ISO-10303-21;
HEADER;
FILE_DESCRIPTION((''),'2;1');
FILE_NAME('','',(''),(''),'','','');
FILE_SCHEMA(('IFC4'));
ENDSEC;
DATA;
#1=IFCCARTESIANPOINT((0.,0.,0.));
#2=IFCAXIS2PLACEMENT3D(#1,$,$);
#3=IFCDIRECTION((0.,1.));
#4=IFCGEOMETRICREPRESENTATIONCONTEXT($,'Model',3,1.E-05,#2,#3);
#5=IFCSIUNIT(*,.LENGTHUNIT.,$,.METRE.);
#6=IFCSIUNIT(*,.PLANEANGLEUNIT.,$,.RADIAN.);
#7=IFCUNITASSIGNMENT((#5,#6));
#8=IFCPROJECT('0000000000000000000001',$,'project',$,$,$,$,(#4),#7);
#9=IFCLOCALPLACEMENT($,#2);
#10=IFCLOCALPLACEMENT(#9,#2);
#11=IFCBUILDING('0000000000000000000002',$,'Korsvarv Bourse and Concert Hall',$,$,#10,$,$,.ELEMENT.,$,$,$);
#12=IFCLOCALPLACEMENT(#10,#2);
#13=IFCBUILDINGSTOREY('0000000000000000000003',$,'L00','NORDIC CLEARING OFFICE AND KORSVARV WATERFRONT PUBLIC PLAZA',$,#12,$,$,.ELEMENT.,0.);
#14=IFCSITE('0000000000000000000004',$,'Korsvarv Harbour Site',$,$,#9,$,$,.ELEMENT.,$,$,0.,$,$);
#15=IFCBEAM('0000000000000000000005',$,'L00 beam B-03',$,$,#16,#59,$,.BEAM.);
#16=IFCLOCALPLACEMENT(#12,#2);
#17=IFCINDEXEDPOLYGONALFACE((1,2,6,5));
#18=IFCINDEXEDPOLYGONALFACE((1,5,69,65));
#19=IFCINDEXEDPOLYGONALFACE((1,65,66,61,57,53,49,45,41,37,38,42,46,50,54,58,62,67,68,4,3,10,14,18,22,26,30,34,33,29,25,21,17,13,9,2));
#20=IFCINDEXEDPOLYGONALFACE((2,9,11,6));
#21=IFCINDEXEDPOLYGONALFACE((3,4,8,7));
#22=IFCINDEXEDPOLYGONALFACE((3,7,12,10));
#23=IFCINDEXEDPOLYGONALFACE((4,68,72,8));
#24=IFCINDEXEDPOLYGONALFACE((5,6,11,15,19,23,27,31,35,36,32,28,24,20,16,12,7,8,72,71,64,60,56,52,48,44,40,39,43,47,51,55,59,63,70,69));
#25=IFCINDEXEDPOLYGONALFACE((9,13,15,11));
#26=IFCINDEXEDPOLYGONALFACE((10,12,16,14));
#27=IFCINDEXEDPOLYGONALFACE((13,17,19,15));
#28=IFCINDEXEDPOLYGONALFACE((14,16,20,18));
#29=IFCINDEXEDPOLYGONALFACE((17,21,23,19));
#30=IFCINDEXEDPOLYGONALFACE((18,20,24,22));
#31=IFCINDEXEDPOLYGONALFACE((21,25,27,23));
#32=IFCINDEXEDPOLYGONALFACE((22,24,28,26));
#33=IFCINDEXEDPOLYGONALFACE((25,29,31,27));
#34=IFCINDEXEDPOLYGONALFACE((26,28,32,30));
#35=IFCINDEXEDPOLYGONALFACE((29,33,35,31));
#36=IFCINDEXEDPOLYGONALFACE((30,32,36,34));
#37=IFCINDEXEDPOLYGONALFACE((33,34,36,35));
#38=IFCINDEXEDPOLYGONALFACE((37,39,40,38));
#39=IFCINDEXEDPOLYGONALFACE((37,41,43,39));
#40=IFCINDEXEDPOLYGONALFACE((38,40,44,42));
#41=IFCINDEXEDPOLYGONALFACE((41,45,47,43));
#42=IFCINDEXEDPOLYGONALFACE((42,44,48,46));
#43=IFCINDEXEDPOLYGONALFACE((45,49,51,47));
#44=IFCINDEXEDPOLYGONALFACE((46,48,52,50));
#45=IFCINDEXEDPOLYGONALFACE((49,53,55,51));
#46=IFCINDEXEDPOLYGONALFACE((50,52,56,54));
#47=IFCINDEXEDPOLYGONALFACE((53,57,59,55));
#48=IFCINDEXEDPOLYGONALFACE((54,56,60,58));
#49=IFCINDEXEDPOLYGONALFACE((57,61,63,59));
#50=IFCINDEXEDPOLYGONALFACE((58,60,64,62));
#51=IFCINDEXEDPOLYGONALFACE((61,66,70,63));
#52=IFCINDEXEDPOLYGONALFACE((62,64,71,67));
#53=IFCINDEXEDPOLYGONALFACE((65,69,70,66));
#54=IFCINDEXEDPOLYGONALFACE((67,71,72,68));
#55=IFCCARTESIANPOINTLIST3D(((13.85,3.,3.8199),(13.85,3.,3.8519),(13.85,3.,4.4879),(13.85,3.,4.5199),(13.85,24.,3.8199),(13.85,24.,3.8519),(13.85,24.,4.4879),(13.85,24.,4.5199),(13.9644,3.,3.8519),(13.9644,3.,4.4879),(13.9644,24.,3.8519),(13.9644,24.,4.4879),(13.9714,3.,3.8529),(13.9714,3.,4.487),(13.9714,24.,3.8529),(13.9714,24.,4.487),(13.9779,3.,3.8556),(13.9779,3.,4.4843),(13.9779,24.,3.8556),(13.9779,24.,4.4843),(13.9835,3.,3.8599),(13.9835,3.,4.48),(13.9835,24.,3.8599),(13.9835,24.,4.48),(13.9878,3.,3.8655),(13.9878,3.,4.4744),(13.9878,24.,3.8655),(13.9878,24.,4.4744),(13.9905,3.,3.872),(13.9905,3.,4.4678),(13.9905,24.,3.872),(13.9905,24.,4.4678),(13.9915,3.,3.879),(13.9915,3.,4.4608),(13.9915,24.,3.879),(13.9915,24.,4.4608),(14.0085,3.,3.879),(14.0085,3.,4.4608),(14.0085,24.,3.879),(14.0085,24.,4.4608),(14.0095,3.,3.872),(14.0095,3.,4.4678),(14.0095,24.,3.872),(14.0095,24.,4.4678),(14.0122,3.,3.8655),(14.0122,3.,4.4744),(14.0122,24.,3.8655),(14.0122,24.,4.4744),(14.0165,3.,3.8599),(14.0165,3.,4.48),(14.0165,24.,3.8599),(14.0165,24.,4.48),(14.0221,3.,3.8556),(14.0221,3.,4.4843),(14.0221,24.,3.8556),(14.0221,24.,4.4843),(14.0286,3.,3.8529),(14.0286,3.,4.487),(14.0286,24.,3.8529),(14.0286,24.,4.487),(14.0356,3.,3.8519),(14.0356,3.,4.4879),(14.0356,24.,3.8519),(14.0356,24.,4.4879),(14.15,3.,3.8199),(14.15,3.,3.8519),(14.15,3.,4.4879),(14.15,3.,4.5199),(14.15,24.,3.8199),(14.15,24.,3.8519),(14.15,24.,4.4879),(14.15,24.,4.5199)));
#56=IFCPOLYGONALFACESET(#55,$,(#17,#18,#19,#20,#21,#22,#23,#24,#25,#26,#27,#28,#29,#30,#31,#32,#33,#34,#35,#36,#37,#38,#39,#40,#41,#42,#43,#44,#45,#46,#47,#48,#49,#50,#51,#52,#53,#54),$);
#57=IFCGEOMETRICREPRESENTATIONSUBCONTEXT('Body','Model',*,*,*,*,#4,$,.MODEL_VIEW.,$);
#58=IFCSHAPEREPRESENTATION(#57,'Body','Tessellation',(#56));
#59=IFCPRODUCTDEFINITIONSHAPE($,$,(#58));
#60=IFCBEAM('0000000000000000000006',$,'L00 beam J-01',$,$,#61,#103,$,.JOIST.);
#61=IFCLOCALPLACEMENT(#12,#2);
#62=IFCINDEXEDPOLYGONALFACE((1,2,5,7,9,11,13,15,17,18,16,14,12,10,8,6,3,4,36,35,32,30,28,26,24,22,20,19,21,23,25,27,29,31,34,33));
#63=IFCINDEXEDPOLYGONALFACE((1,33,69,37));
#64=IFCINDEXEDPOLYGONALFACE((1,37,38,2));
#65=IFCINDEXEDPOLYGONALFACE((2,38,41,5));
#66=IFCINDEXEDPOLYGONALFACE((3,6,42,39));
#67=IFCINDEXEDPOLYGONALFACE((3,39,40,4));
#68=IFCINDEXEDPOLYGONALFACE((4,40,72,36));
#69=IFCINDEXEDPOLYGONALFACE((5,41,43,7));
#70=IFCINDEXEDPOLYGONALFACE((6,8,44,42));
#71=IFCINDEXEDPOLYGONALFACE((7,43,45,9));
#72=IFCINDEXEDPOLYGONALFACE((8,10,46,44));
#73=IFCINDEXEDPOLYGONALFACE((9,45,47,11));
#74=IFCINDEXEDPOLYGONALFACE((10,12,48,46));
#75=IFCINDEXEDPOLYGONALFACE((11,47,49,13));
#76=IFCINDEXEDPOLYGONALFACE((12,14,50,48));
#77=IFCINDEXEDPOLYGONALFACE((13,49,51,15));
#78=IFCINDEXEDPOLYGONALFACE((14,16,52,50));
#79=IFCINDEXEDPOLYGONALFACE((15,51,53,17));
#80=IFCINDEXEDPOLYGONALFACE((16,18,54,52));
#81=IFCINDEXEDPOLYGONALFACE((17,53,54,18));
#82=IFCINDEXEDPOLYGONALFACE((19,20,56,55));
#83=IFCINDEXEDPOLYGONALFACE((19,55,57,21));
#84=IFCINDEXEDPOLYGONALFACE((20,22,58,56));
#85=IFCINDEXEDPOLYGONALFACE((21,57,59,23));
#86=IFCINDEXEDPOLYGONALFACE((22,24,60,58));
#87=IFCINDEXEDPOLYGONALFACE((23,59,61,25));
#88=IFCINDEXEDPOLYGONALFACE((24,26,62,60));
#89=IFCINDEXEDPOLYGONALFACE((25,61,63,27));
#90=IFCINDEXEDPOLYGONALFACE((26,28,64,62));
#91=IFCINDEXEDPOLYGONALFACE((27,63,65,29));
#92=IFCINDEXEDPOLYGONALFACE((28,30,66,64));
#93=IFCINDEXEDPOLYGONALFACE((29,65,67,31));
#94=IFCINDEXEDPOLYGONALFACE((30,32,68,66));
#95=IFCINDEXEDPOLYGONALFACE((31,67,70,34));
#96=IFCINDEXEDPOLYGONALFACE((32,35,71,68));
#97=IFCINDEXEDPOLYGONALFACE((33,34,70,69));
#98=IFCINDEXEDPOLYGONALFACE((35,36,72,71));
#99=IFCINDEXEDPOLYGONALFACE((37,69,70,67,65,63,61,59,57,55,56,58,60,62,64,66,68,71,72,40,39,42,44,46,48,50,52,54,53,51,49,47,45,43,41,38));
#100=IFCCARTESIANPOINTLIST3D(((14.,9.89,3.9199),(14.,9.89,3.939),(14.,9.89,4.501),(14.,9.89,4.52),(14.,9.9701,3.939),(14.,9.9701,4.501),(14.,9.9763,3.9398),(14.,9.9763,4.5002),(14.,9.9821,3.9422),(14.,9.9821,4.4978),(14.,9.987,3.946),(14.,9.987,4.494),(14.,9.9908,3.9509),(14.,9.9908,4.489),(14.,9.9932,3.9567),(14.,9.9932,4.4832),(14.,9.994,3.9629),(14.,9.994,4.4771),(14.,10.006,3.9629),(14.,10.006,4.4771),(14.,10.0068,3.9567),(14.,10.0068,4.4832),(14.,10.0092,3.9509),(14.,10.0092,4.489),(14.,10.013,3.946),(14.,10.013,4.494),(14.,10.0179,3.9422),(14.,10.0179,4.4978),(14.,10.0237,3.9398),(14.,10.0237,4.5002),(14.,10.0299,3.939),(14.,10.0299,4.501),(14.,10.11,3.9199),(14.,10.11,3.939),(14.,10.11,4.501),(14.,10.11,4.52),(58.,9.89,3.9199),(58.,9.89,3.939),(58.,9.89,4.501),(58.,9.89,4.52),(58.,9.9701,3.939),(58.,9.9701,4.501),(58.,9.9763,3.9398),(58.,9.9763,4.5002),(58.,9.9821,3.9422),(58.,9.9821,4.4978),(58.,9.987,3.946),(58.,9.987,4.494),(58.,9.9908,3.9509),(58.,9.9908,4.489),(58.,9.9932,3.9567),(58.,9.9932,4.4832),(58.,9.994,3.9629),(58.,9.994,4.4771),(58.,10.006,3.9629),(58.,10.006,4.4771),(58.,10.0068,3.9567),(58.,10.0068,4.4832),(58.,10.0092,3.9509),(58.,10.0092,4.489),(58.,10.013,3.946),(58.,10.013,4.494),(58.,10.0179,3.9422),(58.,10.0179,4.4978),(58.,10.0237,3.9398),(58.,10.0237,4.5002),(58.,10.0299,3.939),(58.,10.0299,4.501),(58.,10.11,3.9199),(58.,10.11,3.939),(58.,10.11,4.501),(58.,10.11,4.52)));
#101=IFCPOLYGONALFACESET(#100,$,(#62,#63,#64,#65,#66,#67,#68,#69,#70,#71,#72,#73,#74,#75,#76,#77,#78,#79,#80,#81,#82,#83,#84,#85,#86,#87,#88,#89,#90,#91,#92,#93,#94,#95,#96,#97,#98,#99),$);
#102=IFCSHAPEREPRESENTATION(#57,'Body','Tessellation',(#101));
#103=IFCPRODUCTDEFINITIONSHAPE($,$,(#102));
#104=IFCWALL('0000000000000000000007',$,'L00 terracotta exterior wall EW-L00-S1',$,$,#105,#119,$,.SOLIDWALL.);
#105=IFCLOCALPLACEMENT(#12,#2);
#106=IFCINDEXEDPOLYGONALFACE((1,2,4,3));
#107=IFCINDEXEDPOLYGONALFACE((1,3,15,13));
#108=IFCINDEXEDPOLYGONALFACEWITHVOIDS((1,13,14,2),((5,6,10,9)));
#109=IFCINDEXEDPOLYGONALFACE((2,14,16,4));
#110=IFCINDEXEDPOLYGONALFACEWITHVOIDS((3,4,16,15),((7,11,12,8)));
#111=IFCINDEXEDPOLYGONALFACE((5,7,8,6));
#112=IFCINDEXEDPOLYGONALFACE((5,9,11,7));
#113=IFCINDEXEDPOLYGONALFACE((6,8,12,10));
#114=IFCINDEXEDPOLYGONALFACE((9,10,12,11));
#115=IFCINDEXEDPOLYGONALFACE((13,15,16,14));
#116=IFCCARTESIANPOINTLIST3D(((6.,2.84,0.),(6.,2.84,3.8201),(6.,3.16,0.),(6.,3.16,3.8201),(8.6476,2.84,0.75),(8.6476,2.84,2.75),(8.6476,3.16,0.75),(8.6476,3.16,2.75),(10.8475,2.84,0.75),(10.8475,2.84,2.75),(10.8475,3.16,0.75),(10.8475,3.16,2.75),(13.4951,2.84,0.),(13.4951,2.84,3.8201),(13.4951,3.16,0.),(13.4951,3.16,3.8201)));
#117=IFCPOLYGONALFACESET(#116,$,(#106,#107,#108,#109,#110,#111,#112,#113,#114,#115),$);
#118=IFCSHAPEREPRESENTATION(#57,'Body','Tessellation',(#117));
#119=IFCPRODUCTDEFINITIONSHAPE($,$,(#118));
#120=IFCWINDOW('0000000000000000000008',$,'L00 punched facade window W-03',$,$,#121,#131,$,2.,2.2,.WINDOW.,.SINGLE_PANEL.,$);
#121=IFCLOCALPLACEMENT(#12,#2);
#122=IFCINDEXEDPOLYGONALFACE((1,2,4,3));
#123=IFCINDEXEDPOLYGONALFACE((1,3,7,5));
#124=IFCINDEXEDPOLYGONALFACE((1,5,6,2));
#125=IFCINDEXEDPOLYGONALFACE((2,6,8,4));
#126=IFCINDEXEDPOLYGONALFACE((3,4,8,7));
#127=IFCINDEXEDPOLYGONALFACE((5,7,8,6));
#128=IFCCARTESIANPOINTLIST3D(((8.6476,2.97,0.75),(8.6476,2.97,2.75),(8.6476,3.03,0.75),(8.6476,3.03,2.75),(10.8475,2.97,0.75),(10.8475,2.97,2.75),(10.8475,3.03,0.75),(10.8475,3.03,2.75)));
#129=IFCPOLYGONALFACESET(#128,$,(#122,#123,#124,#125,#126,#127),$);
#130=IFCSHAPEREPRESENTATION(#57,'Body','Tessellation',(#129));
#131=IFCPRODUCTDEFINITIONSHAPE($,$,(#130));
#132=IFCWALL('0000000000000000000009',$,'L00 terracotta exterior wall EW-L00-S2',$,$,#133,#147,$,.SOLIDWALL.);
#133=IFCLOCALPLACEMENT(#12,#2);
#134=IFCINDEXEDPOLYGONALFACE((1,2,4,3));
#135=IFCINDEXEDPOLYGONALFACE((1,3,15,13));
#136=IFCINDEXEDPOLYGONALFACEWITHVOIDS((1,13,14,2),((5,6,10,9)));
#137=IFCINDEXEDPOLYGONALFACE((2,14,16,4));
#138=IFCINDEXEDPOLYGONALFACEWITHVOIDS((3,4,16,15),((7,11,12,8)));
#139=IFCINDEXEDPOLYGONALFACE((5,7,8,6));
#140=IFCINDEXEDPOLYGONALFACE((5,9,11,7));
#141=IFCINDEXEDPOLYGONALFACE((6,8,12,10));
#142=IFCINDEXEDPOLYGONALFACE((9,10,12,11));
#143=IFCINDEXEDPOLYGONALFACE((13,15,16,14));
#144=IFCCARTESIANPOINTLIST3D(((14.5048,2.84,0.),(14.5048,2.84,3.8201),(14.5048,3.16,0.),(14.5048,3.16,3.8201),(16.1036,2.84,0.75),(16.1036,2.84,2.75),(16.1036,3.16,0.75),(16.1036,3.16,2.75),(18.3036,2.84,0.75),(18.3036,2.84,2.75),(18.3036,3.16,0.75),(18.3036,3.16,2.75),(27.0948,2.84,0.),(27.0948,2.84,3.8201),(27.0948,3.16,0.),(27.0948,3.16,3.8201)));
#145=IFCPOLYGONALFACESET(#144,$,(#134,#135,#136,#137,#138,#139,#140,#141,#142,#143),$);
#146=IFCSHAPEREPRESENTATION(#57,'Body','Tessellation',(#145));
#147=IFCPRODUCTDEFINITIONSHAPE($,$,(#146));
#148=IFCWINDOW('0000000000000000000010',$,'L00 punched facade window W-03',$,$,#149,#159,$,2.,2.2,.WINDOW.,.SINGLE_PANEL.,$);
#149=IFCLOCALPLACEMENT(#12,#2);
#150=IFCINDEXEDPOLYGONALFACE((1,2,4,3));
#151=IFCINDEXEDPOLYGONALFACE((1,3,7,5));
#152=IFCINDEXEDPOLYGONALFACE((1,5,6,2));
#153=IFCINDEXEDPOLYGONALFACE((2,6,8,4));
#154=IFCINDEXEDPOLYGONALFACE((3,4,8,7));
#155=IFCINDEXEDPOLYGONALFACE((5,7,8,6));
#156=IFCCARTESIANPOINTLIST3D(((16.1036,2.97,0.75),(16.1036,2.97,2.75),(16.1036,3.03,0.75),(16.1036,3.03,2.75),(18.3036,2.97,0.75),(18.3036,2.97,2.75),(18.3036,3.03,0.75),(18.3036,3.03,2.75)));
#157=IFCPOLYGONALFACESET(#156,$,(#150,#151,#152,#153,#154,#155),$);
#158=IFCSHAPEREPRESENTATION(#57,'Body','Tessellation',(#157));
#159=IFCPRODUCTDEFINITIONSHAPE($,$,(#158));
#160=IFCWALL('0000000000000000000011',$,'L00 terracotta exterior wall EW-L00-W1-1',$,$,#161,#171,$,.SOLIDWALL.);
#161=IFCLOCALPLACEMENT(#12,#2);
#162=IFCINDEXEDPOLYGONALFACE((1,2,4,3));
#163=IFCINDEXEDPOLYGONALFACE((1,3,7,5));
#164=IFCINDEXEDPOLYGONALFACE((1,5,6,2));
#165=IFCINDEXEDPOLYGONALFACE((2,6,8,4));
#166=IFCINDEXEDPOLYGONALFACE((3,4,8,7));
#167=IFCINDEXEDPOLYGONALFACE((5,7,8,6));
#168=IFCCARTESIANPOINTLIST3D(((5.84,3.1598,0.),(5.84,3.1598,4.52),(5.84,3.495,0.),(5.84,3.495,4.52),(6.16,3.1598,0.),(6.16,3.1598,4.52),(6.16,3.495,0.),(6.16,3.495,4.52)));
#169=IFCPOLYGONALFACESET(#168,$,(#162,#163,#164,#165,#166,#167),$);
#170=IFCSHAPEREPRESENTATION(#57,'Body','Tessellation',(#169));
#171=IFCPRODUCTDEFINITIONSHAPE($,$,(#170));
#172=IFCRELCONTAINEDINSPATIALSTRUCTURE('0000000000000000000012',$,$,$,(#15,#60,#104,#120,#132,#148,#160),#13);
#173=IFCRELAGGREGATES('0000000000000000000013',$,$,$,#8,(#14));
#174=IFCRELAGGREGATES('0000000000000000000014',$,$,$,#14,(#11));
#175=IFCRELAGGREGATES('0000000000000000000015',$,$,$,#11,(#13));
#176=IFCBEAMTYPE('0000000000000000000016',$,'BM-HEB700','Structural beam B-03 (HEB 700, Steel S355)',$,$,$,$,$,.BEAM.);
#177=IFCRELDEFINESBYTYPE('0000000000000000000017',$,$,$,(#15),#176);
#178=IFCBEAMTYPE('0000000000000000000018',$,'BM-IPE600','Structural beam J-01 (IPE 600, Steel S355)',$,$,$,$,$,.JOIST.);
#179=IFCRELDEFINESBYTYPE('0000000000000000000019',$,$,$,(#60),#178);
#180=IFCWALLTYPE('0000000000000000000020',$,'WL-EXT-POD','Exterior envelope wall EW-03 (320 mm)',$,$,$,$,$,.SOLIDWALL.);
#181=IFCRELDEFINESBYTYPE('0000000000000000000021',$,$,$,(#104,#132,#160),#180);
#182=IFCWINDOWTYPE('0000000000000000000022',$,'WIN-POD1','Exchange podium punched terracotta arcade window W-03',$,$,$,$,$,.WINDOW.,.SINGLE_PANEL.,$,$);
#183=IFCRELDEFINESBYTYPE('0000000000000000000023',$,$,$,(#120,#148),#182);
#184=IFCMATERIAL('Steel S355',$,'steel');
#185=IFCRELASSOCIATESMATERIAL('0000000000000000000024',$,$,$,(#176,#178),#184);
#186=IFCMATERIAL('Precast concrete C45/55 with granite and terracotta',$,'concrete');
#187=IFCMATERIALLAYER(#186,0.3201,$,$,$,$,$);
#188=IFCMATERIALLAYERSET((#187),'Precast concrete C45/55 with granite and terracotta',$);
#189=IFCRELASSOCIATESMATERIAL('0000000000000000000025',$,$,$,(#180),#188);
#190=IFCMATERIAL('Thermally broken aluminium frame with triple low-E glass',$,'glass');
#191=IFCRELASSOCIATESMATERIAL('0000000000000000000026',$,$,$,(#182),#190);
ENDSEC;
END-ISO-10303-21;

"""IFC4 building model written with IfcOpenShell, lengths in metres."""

from ifc_helpers import new_model, si_unit, direction, frame, frame_2d, origin, origin_2d, place, context, subcontext, project, spatial, rectangle, i_section, extrude, source, transform, mapped, material, layer, layer_set, material_profile, profile_set, type_object, element, fill, save


model = new_model("IFC4")

# Units and contexts
model_context = context("Model", 3, precision=1e-05, world=origin(), true_north=direction((0.0, 1.0)))
body_context = subcontext(model_context, "Body", "Model", "MODEL_VIEW")
ifc_project = project(units=[si_unit("LENGTHUNIT", "METRE"), si_unit("PLANEANGLEUNIT", "RADIAN")], contexts=[model_context])

# Site, building, storey
site_placement = place(None, origin())
site = spatial("IfcSite", under=ifc_project, at=site_placement, Name="Korsvarv Harbour Site", CompositionType="ELEMENT", RefElevation=0.0)
building_placement = place(site_placement, origin())
building = spatial("IfcBuilding", under=site, at=building_placement, Name="Korsvarv Bourse and Concert Hall", CompositionType="ELEMENT")
storey_placement = place(building_placement, origin())
storey = spatial("IfcBuildingStorey", under=building, at=storey_placement, Name="L00", Description="NORDIC CLEARING OFFICE AND KORSVARV WATERFRONT PUBLIC PLAZA", CompositionType="ELEMENT", Elevation=0.0)

# Beams
ifc_material_1 = material(Name="Steel S355", Category="steel")
ifc_material_profile_1 = material_profile(ifc_material_1, i_section(OverallWidth=0.3, OverallDepth=0.7, WebThickness=0.0171, FlangeThickness=0.032, FilletRadius=0.0271, at=origin_2d()), Name="HEB 700")
ifc_profile_set_1 = profile_set([ifc_material_profile_1], Name="Steel S355")
beam_type_1 = type_object("IfcBeamType", Name="BM-HEB700", Description="Structural beam B-03 (HEB 700, Steel S355)", PredefinedType="BEAM", material=ifc_profile_set_1)
shared_shape_1 = source(origin(), body_context, "Body", "SweptSolid", [
    extrude(i_section(OverallWidth=0.3, OverallDepth=0.7, WebThickness=0.0171, FlangeThickness=0.032, FilletRadius=0.0271, at=origin_2d()), origin(), (0.0, 0.0, 1.0), 21.0),
])
beam_1_placement = place(storey_placement, frame((14.0, 3.0, 4.1699), z_axis=(0.0, 1.0, 0.0), x_axis=(-1.0, 0.0, 0.0)))
element("IfcBeam", 1, at=beam_1_placement, inside=storey, type_object=beam_type_1, Name="L00 beam B-03", PredefinedType="BEAM", context=body_context, shape_type="MappedRepresentation", body=[
    mapped(shared_shape_1, transform((0.0, 0.0, 0.0), scale=1.0)),
])
ifc_material_profile_2 = material_profile(ifc_material_1, i_section(OverallWidth=0.22, OverallDepth=0.6001, WebThickness=0.012, FlangeThickness=0.019, FilletRadius=0.0239, at=origin_2d()), Name="IPE 600")
ifc_profile_set_2 = profile_set([ifc_material_profile_2], Name="Steel S355")
beam_type_2 = type_object("IfcBeamType", Name="BM-IPE600", Description="Structural beam J-01 (IPE 600, Steel S355)", PredefinedType="JOIST", material=ifc_profile_set_2)
shared_shape_2 = source(origin(), body_context, "Body", "SweptSolid", [
    extrude(i_section(OverallWidth=0.22, OverallDepth=0.6001, WebThickness=0.012, FlangeThickness=0.019, FilletRadius=0.0239, at=origin_2d()), origin(), (0.0, 0.0, 1.0), 44.0),
])
beam_2_placement = place(storey_placement, frame((14.0, 10.0, 4.22), z_axis=(1.0, 0.0, 0.0), x_axis=(0.0, 1.0, 0.0)))
element("IfcBeam", 2, at=beam_2_placement, inside=storey, type_object=beam_type_2, Name="L00 beam J-01", PredefinedType="JOIST", context=body_context, shape_type="MappedRepresentation", body=[
    mapped(shared_shape_2, transform((0.0, 0.0, 0.0), scale=1.0)),
])

# Walls, openings, windows
ifc_material_2 = material(Name="Precast concrete C45/55 with granite and terracotta", Category="concrete")
ifc_layer_1 = layer(ifc_material_2, 0.3201)
ifc_layer_set_1 = layer_set([ifc_layer_1], Name="Precast concrete C45/55 with granite and terracotta")
wall_type_1 = type_object("IfcWallType", Name="WL-EXT-POD", Description="Exterior envelope wall EW-03 (320 mm)", PredefinedType="SOLIDWALL", material=ifc_layer_set_1)
wall_1_placement = place(storey_placement, frame((6.0, 3.0, 0.0), z_axis=(0.0, 0.0, 1.0), x_axis=(1.0, 0.0, 0.0)))
wall_1 = element("IfcWall", 3, at=wall_1_placement, inside=storey, type_object=wall_type_1, Name="L00 terracotta exterior wall EW-L00-S1", PredefinedType="SOLIDWALL", context=body_context, shape_type="SweptSolid", body=[
    extrude(rectangle(XDim=7.4951, YDim=0.3201, at=frame_2d((3.7476, 0.0))), origin(), (0.0, 0.0, 1.0), 3.8201),
])
opening_1_placement = place(wall_1_placement, frame((2.6475, 0.0, 0.75)))
opening_1 = element("IfcOpeningElement", 4, at=opening_1_placement, cuts=wall_1, PredefinedType="OPENING", context=body_context, shape_type="SweptSolid", body=[
    extrude(rectangle(XDim=2.2, YDim=2.0, at=frame_2d((1.1001, 1.0))), frame((0.0, 0.1699, 0.0), z_axis=(0.0, -1.0, 0.0), x_axis=(1.0, 0.0, 0.0)), (0.0, 0.0, 1.0), 0.3401),
])
ifc_material_3 = material(Name="Thermally broken aluminium frame with triple low-E glass", Category="glass")
window_type = type_object("IfcWindowType", Name="WIN-POD1", Description="Exchange podium punched terracotta arcade window W-03", PartitioningType="SINGLE_PANEL", PredefinedType="WINDOW", material=ifc_material_3)
window_1_placement = place(opening_1_placement, origin())
window_1 = element("IfcWindow", 5, at=window_1_placement, inside=storey, type_object=window_type, Name="L00 punched facade window W-03", OverallHeight=2.0, OverallWidth=2.2, PartitioningType="SINGLE_PANEL", PredefinedType="WINDOW", context=body_context, shape_type="SweptSolid", body=[
    extrude(rectangle(XDim=2.2, YDim=2.0, at=frame_2d((1.1001, 1.0))), frame((0.0, 0.03, 0.0), z_axis=(0.0, -1.0, 0.0), x_axis=(1.0, 0.0, 0.0)), (0.0, 0.0, 1.0), 0.0601),
])
fill(opening_1, window_1)
wall_2_placement = place(storey_placement, frame((14.5049, 3.0, 0.0), z_axis=(0.0, 0.0, 1.0), x_axis=(1.0, 0.0, 0.0)))
wall_2 = element("IfcWall", 6, at=wall_2_placement, inside=storey, type_object=wall_type_1, Name="L00 terracotta exterior wall EW-L00-S2", PredefinedType="SOLIDWALL", context=body_context, shape_type="SweptSolid", body=[
    extrude(rectangle(XDim=12.5901, YDim=0.3201, at=frame_2d((6.2949, 0.0))), origin(), (0.0, 0.0, 1.0), 3.8201),
])
opening_2_placement = place(wall_2_placement, frame((1.5986, 0.0, 0.75)))
opening_2 = element("IfcOpeningElement", 7, at=opening_2_placement, cuts=wall_2, PredefinedType="OPENING", context=body_context, shape_type="SweptSolid", body=[
    extrude(rectangle(XDim=2.2, YDim=2.0, at=frame_2d((1.1001, 1.0))), frame((0.0, 0.1699, 0.0), z_axis=(0.0, -1.0, 0.0), x_axis=(1.0, 0.0, 0.0)), (0.0, 0.0, 1.0), 0.3401),
])
window_2_placement = place(opening_2_placement, origin())
window_2 = element("IfcWindow", 8, at=window_2_placement, inside=storey, type_object=window_type, Name="L00 punched facade window W-03", OverallHeight=2.0, OverallWidth=2.2, PartitioningType="SINGLE_PANEL", PredefinedType="WINDOW", context=body_context, shape_type="SweptSolid", body=[
    extrude(rectangle(XDim=2.2, YDim=2.0, at=frame_2d((1.1001, 1.0))), frame((0.0, 0.03, 0.0), z_axis=(0.0, -1.0, 0.0), x_axis=(1.0, 0.0, 0.0)), (0.0, 0.0, 1.0), 0.0601),
])
fill(opening_2, window_2)

# Wall
wall_3_placement = place(storey_placement, frame((6.0, 3.1599, 0.0), z_axis=(0.0, 0.0, 1.0), x_axis=(0.0, 1.0, 0.0)))
element("IfcWall", 9, at=wall_3_placement, inside=storey, type_object=wall_type_1, Name="L00 terracotta exterior wall EW-L00-W1-1", PredefinedType="SOLIDWALL", context=body_context, shape_type="SweptSolid", body=[
    extrude(rectangle(XDim=0.3352, YDim=0.3201, at=frame_2d((0.1675, 0.0))), origin(), (0.0, 0.0, 1.0), 4.52),
])

save(model, "model.ifc")
